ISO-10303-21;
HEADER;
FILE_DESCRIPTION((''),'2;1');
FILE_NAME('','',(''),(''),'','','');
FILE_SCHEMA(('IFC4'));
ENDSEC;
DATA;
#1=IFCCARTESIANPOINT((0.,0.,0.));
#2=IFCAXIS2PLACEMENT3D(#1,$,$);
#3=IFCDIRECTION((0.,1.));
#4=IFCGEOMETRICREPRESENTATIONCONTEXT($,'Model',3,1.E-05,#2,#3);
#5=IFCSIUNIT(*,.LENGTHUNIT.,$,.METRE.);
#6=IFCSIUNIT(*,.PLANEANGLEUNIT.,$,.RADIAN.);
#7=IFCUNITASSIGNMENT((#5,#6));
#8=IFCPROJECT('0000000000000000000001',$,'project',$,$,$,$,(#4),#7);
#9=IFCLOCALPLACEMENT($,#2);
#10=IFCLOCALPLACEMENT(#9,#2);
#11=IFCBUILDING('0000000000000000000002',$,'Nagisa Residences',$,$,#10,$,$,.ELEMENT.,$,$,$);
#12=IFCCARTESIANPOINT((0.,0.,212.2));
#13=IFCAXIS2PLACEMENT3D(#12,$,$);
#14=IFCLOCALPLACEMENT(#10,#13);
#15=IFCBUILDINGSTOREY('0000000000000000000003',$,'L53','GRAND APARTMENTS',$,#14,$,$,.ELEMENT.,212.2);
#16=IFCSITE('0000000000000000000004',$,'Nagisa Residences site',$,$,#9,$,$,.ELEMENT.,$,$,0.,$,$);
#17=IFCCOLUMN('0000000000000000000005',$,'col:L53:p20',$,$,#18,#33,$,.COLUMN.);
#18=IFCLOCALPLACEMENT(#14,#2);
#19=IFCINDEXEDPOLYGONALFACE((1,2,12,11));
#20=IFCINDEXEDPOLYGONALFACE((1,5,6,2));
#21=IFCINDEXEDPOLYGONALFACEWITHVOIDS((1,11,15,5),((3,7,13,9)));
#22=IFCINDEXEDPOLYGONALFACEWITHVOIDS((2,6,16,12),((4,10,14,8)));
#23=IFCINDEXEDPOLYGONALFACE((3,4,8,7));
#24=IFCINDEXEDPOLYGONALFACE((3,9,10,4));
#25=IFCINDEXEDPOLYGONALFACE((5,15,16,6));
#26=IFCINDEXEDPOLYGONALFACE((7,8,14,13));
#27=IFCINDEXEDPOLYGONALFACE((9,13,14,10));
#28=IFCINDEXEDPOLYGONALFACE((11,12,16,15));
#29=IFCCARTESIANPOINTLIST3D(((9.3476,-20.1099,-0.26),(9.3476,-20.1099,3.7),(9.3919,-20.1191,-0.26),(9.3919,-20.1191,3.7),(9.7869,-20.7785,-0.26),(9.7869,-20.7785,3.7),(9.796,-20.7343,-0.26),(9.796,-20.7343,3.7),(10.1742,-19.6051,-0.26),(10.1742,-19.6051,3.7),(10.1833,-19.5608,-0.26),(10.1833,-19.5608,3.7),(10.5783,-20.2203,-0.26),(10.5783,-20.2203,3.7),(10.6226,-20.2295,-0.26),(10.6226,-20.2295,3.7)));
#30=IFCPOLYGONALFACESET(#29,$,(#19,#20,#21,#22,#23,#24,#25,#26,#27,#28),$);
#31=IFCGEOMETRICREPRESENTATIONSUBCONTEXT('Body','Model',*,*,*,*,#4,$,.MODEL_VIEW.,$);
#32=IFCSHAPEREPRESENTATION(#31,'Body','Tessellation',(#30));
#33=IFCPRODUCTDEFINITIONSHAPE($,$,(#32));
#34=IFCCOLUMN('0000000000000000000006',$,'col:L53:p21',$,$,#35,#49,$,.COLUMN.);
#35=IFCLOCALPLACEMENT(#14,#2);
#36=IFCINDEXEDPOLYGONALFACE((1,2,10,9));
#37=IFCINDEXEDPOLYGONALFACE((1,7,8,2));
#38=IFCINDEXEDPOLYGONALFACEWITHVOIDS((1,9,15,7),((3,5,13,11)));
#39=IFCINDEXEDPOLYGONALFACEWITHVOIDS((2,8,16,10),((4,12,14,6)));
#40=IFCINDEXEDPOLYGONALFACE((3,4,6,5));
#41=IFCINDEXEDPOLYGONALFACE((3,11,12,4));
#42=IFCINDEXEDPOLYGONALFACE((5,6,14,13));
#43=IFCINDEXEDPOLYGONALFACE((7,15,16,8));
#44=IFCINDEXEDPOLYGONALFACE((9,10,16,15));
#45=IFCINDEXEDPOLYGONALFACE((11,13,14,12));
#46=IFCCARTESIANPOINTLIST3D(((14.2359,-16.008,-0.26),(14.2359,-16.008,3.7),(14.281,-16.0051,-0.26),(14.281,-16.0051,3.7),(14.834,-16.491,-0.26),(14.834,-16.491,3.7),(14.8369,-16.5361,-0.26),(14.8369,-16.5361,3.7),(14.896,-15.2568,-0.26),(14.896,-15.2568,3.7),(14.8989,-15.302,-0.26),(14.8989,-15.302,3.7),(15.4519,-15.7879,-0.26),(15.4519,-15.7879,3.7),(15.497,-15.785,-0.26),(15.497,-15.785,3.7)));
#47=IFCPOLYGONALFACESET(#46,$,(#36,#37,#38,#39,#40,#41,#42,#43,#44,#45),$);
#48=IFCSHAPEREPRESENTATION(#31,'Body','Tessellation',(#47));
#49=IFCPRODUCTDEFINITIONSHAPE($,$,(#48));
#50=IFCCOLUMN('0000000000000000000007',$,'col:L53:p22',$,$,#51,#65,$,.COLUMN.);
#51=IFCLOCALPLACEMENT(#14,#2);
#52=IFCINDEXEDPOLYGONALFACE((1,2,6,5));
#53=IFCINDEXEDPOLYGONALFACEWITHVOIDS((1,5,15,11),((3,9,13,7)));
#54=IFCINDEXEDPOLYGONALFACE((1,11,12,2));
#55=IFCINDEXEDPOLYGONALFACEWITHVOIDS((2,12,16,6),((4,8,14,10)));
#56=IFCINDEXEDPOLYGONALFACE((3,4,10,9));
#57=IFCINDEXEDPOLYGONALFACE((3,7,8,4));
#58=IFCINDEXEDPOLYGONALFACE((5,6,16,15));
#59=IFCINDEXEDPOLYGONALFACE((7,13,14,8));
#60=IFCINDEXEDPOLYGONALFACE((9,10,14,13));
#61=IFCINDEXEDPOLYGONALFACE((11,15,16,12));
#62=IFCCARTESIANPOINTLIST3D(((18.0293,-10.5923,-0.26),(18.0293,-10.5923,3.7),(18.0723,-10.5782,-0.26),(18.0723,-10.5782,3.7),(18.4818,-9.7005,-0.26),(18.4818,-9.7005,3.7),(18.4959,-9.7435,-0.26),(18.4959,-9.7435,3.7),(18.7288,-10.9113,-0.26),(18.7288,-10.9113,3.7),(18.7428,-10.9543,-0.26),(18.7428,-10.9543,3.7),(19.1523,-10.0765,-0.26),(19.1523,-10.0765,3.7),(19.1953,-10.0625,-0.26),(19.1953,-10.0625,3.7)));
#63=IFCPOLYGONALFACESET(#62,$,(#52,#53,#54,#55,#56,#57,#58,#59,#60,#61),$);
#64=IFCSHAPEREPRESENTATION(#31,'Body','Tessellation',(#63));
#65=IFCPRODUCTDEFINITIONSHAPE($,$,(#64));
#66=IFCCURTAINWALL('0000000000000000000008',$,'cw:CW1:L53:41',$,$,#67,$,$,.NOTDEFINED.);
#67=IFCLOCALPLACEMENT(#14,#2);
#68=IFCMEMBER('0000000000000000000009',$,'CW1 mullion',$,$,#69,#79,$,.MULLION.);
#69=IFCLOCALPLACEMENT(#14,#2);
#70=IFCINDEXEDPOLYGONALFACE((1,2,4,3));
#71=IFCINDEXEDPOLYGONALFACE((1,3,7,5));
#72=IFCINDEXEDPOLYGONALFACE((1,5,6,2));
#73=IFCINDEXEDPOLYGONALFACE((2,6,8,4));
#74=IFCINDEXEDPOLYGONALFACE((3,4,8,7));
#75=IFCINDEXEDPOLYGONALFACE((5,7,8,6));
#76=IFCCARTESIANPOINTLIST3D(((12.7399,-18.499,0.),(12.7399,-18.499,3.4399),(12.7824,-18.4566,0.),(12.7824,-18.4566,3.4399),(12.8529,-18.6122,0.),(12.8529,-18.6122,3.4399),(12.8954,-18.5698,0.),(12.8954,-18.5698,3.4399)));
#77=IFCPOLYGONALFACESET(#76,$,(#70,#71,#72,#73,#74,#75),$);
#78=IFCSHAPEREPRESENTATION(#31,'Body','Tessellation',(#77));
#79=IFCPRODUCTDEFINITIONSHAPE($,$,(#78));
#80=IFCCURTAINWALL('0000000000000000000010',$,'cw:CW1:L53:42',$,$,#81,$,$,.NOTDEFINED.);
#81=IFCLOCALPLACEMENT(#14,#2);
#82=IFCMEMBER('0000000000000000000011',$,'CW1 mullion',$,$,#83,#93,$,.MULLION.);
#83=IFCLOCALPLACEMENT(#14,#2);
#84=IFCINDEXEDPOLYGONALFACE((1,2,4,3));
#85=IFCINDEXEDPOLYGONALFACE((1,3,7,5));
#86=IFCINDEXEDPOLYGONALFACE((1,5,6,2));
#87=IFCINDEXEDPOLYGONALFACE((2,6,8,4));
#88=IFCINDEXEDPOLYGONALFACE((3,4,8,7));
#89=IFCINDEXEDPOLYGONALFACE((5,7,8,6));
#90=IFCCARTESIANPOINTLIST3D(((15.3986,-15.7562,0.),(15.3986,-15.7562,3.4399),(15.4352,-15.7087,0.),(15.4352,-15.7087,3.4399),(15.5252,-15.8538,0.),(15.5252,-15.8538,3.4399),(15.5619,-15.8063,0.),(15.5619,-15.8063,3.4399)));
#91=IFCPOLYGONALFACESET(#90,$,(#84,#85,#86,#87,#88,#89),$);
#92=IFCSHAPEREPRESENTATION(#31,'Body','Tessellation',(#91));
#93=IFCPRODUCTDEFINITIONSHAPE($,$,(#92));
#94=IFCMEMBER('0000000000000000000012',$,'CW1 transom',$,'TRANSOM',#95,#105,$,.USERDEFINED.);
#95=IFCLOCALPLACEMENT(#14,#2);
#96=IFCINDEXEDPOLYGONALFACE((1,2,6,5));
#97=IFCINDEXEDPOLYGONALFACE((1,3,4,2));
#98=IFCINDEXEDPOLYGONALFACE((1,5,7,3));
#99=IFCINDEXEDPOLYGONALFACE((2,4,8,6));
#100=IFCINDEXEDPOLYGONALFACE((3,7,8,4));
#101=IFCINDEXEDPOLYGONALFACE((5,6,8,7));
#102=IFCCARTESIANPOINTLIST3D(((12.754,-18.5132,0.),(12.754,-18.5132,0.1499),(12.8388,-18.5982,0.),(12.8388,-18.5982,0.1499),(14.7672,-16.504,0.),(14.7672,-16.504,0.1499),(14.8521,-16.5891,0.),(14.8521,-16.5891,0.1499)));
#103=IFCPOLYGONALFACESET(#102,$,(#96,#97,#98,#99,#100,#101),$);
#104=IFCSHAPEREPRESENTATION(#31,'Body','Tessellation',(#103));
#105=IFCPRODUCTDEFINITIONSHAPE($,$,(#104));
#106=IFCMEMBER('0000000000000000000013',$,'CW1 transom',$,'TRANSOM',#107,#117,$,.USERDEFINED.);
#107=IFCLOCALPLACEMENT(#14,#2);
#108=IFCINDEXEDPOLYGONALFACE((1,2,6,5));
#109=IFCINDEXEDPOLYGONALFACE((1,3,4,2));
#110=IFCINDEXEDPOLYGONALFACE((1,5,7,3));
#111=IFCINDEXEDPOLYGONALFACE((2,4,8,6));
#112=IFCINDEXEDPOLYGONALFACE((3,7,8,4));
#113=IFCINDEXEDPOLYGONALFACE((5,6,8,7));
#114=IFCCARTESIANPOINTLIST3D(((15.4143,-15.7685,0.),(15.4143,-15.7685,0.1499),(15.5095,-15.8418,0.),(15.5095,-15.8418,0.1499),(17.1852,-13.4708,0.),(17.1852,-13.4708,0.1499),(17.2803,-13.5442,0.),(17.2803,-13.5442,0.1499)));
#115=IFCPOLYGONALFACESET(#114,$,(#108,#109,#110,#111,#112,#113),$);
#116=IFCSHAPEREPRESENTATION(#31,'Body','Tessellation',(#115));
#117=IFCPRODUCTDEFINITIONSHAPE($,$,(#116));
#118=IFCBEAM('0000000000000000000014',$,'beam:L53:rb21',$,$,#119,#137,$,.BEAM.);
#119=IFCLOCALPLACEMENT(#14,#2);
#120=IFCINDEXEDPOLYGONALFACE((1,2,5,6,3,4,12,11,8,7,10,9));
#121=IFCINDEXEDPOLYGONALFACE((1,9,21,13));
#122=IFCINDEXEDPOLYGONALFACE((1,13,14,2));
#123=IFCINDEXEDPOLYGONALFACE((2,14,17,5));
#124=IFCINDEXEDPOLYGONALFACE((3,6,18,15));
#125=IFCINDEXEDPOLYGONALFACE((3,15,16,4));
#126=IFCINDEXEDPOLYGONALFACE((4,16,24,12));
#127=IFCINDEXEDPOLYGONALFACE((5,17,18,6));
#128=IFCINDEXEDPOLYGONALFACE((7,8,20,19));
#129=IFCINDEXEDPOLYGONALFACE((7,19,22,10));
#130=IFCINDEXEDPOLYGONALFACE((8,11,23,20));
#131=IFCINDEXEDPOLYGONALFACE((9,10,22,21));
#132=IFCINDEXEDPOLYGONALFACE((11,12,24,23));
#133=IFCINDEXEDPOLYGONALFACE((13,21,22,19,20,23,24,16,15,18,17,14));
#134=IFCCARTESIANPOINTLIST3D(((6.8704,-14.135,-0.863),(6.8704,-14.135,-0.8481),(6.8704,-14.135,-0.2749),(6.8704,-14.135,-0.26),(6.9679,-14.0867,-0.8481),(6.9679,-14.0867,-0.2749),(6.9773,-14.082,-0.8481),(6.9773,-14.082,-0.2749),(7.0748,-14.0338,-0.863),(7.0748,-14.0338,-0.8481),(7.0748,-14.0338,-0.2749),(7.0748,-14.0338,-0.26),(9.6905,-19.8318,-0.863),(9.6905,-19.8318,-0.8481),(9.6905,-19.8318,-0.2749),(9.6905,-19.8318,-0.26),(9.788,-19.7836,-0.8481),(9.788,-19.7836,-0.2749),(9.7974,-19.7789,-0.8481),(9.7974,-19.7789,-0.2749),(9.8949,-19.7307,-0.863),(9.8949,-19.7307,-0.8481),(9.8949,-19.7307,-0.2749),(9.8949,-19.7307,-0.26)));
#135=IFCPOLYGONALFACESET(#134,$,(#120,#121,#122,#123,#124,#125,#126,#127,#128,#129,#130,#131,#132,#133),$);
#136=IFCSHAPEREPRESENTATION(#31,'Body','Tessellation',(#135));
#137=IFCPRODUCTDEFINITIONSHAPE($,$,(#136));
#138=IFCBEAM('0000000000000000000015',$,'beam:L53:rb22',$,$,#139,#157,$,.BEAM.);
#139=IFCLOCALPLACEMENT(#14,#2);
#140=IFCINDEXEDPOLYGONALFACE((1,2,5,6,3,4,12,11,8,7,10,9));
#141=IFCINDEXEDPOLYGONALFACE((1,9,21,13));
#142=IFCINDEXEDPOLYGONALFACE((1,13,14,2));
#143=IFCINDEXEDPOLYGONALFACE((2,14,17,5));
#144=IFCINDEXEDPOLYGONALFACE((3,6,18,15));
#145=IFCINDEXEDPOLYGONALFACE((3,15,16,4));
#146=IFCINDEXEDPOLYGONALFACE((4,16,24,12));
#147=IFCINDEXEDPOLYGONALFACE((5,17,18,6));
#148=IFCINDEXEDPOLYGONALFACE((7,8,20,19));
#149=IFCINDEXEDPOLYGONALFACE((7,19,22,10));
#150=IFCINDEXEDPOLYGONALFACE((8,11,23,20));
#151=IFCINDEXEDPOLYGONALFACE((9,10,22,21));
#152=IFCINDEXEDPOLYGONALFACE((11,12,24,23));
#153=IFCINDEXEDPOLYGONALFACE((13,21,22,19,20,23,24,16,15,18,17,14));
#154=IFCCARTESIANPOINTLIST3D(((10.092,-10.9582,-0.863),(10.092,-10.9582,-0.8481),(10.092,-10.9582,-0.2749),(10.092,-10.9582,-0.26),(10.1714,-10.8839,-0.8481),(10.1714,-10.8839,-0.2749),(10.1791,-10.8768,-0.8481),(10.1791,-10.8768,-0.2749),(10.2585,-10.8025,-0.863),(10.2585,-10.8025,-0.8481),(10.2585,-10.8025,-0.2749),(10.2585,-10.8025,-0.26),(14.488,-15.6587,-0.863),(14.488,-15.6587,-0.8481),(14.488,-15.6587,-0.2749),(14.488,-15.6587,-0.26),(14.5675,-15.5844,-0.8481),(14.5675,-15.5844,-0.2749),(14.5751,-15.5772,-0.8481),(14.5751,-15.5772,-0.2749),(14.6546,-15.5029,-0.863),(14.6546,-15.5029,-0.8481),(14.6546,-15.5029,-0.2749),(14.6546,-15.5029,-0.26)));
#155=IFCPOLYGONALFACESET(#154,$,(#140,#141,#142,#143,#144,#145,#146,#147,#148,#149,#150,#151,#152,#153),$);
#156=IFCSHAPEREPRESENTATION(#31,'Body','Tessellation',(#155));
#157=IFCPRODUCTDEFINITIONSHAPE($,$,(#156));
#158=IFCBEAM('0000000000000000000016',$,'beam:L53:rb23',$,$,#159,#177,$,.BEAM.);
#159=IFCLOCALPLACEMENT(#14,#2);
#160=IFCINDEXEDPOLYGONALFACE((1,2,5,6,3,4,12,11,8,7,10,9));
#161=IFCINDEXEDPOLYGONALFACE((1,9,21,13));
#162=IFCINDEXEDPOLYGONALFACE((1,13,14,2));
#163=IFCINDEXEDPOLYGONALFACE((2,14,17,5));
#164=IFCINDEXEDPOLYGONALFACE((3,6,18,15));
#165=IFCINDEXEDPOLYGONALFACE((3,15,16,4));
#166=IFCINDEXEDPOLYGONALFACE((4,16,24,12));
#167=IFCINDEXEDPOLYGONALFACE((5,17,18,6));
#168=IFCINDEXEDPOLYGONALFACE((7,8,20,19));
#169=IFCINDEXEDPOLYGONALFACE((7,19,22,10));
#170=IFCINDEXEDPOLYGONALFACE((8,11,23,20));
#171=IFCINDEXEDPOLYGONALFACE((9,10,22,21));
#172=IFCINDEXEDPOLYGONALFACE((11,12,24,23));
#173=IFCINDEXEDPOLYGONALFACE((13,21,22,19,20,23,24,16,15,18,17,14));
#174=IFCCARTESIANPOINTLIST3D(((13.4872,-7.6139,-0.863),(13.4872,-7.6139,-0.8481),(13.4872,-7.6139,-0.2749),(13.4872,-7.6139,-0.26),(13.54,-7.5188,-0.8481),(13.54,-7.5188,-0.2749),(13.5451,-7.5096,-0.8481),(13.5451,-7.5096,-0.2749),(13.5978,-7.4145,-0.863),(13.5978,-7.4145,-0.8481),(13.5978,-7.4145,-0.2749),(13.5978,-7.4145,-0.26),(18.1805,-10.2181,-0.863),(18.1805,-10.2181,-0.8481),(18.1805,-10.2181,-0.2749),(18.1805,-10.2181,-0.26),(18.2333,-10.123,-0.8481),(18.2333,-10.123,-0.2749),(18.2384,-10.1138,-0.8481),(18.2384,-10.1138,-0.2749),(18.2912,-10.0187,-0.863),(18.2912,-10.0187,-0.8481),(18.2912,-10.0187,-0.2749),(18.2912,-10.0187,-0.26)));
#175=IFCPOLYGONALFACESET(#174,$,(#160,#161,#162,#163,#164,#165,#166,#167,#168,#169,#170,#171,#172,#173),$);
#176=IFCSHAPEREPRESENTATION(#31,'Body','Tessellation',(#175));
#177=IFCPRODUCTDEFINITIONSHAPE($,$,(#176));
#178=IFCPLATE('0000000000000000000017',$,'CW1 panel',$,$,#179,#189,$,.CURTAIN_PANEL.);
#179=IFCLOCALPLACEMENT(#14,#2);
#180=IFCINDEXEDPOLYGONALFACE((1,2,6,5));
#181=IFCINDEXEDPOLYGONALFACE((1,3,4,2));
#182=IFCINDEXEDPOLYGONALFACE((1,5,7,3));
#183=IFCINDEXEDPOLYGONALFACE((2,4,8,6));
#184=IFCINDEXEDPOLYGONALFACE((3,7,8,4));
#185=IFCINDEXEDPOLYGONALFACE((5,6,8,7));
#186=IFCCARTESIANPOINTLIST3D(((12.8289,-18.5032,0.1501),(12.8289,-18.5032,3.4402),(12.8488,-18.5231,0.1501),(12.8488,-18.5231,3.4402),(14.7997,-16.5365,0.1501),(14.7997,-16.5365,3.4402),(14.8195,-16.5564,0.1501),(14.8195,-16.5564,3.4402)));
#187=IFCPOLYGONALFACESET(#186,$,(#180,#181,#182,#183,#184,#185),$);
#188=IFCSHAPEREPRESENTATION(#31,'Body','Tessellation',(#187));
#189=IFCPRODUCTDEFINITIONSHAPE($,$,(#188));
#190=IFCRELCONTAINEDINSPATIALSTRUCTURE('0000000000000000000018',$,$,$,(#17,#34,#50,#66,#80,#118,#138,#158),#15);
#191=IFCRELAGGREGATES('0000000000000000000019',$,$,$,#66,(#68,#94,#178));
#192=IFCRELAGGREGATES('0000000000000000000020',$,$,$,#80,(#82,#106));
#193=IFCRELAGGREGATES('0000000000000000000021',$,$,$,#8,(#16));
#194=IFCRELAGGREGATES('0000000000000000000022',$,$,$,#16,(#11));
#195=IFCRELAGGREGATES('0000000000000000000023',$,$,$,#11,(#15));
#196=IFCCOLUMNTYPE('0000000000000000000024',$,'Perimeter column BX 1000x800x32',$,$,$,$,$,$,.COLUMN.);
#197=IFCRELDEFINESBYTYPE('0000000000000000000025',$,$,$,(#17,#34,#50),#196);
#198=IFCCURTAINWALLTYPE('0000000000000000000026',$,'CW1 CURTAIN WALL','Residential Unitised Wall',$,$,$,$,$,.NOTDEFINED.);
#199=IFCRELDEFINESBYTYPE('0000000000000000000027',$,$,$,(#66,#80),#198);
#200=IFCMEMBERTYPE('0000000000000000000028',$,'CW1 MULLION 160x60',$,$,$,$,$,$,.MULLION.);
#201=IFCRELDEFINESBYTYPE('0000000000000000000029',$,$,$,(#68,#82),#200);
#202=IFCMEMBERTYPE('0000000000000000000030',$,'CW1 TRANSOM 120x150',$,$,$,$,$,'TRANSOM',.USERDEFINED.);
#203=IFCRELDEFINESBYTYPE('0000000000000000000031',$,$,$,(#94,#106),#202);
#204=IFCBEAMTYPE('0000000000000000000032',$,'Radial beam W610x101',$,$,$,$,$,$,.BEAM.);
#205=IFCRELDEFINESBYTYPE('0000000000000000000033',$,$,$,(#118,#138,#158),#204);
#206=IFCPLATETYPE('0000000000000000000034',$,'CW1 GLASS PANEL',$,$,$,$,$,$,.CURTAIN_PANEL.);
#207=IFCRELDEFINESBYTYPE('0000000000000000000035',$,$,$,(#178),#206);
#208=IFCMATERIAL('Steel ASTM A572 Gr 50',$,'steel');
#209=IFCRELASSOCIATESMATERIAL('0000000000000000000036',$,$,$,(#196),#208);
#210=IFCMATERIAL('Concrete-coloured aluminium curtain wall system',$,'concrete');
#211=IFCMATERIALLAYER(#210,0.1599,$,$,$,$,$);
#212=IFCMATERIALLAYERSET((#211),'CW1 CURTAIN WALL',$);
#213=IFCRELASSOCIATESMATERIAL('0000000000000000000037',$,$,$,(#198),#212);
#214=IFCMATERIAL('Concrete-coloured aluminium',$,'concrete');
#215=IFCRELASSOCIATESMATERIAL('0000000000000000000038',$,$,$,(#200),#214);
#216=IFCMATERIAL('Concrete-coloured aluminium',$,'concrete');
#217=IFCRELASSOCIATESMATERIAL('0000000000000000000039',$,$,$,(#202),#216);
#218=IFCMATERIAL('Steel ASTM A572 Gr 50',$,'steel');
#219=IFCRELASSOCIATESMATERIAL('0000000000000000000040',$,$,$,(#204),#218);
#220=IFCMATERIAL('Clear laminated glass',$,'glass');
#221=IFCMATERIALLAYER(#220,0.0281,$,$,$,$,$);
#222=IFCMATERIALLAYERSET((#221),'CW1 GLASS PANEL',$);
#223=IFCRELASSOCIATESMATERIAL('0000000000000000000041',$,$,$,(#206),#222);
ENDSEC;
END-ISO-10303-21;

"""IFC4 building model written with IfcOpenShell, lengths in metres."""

from ifc_helpers import new_model, si_unit, direction, frame, origin, origin_2d, place, context, subcontext, project, spatial, rectangle, hollow_rectangle, i_section, extrude, material, layer, layer_set, material_profile, profile_set, type_object, element, aggregate, save


model = new_model("IFC4")

# Units and contexts
model_context = context("Model", 3, precision=1e-05, world=origin(), true_north=direction((0.0, 1.0)))
body_context = subcontext(model_context, "Body", "Model", "MODEL_VIEW")
ifc_project = project(units=[si_unit("LENGTHUNIT", "METRE"), si_unit("PLANEANGLEUNIT", "RADIAN")], contexts=[model_context])

# Site, building, storey
site_placement = place(None, origin())
site = spatial("IfcSite", under=ifc_project, at=site_placement, Name="Nagisa Residences site", CompositionType="ELEMENT", RefElevation=0.0)
building_placement = place(site_placement, origin())
building = spatial("IfcBuilding", under=site, at=building_placement, Name="Nagisa Residences", CompositionType="ELEMENT")
storey_placement = place(building_placement, frame((0.0, 0.0, 212.2)))
storey = spatial("IfcBuildingStorey", under=building, at=storey_placement, Name="L53", Description="GRAND APARTMENTS", CompositionType="ELEMENT", Elevation=212.2)

# Columns
ifc_material_1 = material(Name="Steel ASTM A572 Gr 50", Category="steel")
ifc_material_profile_1 = material_profile(ifc_material_1, hollow_rectangle(XDim=1.0, YDim=0.8, WallThickness=0.032, at=origin_2d()), Name="BX 1000x800x32")
ifc_profile_set_1 = profile_set([ifc_material_profile_1], Name="Steel ASTM A572 Gr 50")
column_type = type_object("IfcColumnType", Name="Perimeter column BX 1000x800x32", PredefinedType="COLUMN", material=ifc_profile_set_1)
for number, where, z_axis, x_axis, name in (
    (1, (9.9851, -20.1697, -0.26), (0.0, 0.0, 1.0), (0.835766, 0.549086, 0.0), "col:L53:p20"),
    (2, (14.8665, -15.8965, -0.26), (0.0, 0.0, 1.0), (0.660115, 0.751165, 0.0), "col:L53:p21"),
    (3, (18.6123, -10.3274, -0.26), (0.0, 0.0, 1.0), (0.452463, 0.891783, 0.0), "col:L53:p22"),
):
    element("IfcColumn", number, at=place(storey_placement, frame(where, z_axis=z_axis, x_axis=x_axis)), inside=storey, type_object=column_type, Name=name, PredefinedType="COLUMN", context=body_context, shape_type="SweptSolid", body=[
        extrude(hollow_rectangle(XDim=1.0, YDim=0.8, WallThickness=0.032, at=origin_2d()), origin(), (0.0, 0.0, 1.0), 3.96),
    ])

# Curtain walls, members
ifc_material_2 = material(Name="Concrete-coloured aluminium curtain wall system", Category="concrete")
ifc_layer_1 = layer(ifc_material_2, 0.1599)
ifc_layer_set_1 = layer_set([ifc_layer_1], Name="CW1 CURTAIN WALL")
curtain_wall_type = type_object("IfcCurtainWallType", Name="CW1 CURTAIN WALL", Description="Residential Unitised Wall", PredefinedType="NOTDEFINED", material=ifc_layer_set_1)
curtain_wall_1_placement = place(storey_placement, origin())
curtain_wall_1 = element("IfcCurtainWall", 4, at=curtain_wall_1_placement, inside=storey, type_object=curtain_wall_type, Name="cw:CW1:L53:41", PredefinedType="NOTDEFINED")
ifc_material_3 = material(Name="Concrete-coloured aluminium", Category="concrete")
ifc_material_profile_2 = material_profile(ifc_material_3, rectangle(XDim=0.1599, YDim=0.0601, at=origin_2d()), Name="CW1 MULLION 160x60")
ifc_profile_set_2 = profile_set([ifc_material_profile_2], Name="Concrete-coloured aluminium")
member_type_1 = type_object("IfcMemberType", Name="CW1 MULLION 160x60", PredefinedType="MULLION", material=ifc_profile_set_2)
member_1_placement = place(storey_placement, frame((12.8176, -18.5344, 0.0), z_axis=(0.0, 0.0, 1.0), x_axis=(-0.706377, 0.707836, 0.0)))
member_1 = element("IfcMember", 5, at=member_1_placement, type_object=member_type_1, Name="CW1 mullion", PredefinedType="MULLION", context=body_context, shape_type="SweptSolid", body=[
    extrude(rectangle(XDim=0.1599, YDim=0.0601, at=origin_2d()), origin(), (0.0, 0.0, 1.0), 3.4399),
])
curtain_wall_2_placement = place(storey_placement, origin())
curtain_wall_2 = element("IfcCurtainWall", 6, at=curtain_wall_2_placement, inside=storey, type_object=curtain_wall_type, Name="cw:CW1:L53:42", PredefinedType="NOTDEFINED")
member_2_placement = place(storey_placement, frame((15.4802, -15.7812, 0.0), z_axis=(0.0, 0.0, 1.0), x_axis=(-0.79207, 0.61043, 0.0)))
member_2 = element("IfcMember", 7, at=member_2_placement, type_object=member_type_1, Name="CW1 mullion", PredefinedType="MULLION", context=body_context, shape_type="SweptSolid", body=[
    extrude(rectangle(XDim=0.1599, YDim=0.0601, at=origin_2d()), origin(), (0.0, 0.0, 1.0), 3.4399),
])

# Members
ifc_material_4 = material(Name="Concrete-coloured aluminium", Category="concrete")
ifc_material_profile_3 = material_profile(ifc_material_4, rectangle(XDim=0.1201, YDim=0.1499, at=origin_2d()), Name="CW1 TRANSOM 120x150")
ifc_profile_set_3 = profile_set([ifc_material_profile_3], Name="Concrete-coloured aluminium")
member_type_2 = type_object("IfcMemberType", Name="CW1 TRANSOM 120x150", ElementType="TRANSOM", PredefinedType="USERDEFINED", material=ifc_profile_set_3)
member_3_placement = place(storey_placement, frame((12.7964, -18.5557, 0.075), z_axis=(0.707836, 0.706377, 0.0), x_axis=(-0.706377, 0.707836, 0.0)))
member_3 = element("IfcMember", 8, at=member_3_placement, type_object=member_type_2, Name="CW1 transom", ObjectType="TRANSOM", PredefinedType="USERDEFINED", context=body_context, shape_type="SweptSolid", body=[
    extrude(rectangle(XDim=0.1201, YDim=0.1499, at=origin_2d()), origin(), (0.0, 0.0, 1.0), 2.8442),
])
member_4_placement = place(storey_placement, frame((15.4619, -15.8052, 0.075), z_axis=(0.610439, 0.792064, 0.0), x_axis=(-0.792064, 0.610439, 0.0)))
member_4 = element("IfcMember", 9, at=member_4_placement, type_object=member_type_2, Name="CW1 transom", ObjectType="TRANSOM", PredefinedType="USERDEFINED", context=body_context, shape_type="SweptSolid", body=[
    extrude(rectangle(XDim=0.1201, YDim=0.1499, at=origin_2d()), origin(), (0.0, 0.0, 1.0), 2.9009),
])

# Beams
ifc_material_5 = material(Name="Steel ASTM A572 Gr 50", Category="steel")
ifc_material_profile_4 = material_profile(ifc_material_5, i_section(OverallWidth=0.228, OverallDepth=0.603, WebThickness=0.0105, FlangeThickness=0.0149, at=origin_2d()), Name="W610x101")
ifc_profile_set_4 = profile_set([ifc_material_profile_4], Name="Steel ASTM A572 Gr 50")
beam_type = type_object("IfcBeamType", Name="Radial beam W610x101", PredefinedType="BEAM", material=ifc_profile_set_4)
beam_1_placement = place(storey_placement, frame((9.7927, -19.7812, -0.5615), z_axis=(-0.443646, 0.896202, 0.0), x_axis=(-0.896202, -0.443646, 0.0)))
element("IfcBeam", 10, at=beam_1_placement, inside=storey, type_object=beam_type, Name="beam:L53:rb21", PredefinedType="BEAM", context=body_context, shape_type="SweptSolid", body=[
    extrude(i_section(OverallWidth=0.228, OverallDepth=0.603, WebThickness=0.0105, FlangeThickness=0.0149, at=origin_2d()), origin(), (0.0, 0.0, 1.0), 6.3567),
])
beam_2_placement = place(storey_placement, frame((14.5713, -15.5808, -0.5615), z_axis=(-0.683059, 0.730364, 0.0), x_axis=(-0.730364, -0.683059, 0.0)))
element("IfcBeam", 11, at=beam_2_placement, inside=storey, type_object=beam_type, Name="beam:L53:rb22", PredefinedType="BEAM", context=body_context, shape_type="SweptSolid", body=[
    extrude(i_section(OverallWidth=0.228, OverallDepth=0.603, WebThickness=0.0105, FlangeThickness=0.0149, at=origin_2d()), origin(), (0.0, 0.0, 1.0), 6.4358),
])
beam_3_placement = place(storey_placement, frame((18.2358, -10.1184, -0.5615), z_axis=(-0.874408, 0.485191, 0.0), x_axis=(-0.485191, -0.874408, 0.0)))
element("IfcBeam", 12, at=beam_3_placement, inside=storey, type_object=beam_type, Name="beam:L53:rb23", PredefinedType="BEAM", context=body_context, shape_type="SweptSolid", body=[
    extrude(i_section(OverallWidth=0.228, OverallDepth=0.603, WebThickness=0.0105, FlangeThickness=0.0149, at=origin_2d()), origin(), (0.0, 0.0, 1.0), 5.3674),
])

# Plate
ifc_material_6 = material(Name="Clear laminated glass", Category="glass")
ifc_layer_2 = layer(ifc_material_6, 0.0281)
ifc_layer_set_2 = layer_set([ifc_layer_2], Name="CW1 GLASS PANEL")
plate_type = type_object("IfcPlateType", Name="CW1 GLASS PANEL", PredefinedType="CURTAIN_PANEL", material=ifc_layer_set_2)
plate_1_placement = place(storey_placement, frame((13.8242, -17.5298, 0.1501), z_axis=(0.0, 0.0, 1.0), x_axis=(0.707836, 0.706377, 0.0)))
plate_1 = element("IfcPlate", 13, at=plate_1_placement, type_object=plate_type, Name="CW1 panel", PredefinedType="CURTAIN_PANEL", context=body_context, shape_type="SweptSolid", body=[
    extrude(rectangle(XDim=2.7842, YDim=0.0281, at=origin_2d()), origin(), (0.0, 0.0, 1.0), 3.29),
])
aggregate(curtain_wall_1, [member_1, member_3, plate_1])
aggregate(curtain_wall_2, [member_2, member_4])

save(model, "model.ifc")
